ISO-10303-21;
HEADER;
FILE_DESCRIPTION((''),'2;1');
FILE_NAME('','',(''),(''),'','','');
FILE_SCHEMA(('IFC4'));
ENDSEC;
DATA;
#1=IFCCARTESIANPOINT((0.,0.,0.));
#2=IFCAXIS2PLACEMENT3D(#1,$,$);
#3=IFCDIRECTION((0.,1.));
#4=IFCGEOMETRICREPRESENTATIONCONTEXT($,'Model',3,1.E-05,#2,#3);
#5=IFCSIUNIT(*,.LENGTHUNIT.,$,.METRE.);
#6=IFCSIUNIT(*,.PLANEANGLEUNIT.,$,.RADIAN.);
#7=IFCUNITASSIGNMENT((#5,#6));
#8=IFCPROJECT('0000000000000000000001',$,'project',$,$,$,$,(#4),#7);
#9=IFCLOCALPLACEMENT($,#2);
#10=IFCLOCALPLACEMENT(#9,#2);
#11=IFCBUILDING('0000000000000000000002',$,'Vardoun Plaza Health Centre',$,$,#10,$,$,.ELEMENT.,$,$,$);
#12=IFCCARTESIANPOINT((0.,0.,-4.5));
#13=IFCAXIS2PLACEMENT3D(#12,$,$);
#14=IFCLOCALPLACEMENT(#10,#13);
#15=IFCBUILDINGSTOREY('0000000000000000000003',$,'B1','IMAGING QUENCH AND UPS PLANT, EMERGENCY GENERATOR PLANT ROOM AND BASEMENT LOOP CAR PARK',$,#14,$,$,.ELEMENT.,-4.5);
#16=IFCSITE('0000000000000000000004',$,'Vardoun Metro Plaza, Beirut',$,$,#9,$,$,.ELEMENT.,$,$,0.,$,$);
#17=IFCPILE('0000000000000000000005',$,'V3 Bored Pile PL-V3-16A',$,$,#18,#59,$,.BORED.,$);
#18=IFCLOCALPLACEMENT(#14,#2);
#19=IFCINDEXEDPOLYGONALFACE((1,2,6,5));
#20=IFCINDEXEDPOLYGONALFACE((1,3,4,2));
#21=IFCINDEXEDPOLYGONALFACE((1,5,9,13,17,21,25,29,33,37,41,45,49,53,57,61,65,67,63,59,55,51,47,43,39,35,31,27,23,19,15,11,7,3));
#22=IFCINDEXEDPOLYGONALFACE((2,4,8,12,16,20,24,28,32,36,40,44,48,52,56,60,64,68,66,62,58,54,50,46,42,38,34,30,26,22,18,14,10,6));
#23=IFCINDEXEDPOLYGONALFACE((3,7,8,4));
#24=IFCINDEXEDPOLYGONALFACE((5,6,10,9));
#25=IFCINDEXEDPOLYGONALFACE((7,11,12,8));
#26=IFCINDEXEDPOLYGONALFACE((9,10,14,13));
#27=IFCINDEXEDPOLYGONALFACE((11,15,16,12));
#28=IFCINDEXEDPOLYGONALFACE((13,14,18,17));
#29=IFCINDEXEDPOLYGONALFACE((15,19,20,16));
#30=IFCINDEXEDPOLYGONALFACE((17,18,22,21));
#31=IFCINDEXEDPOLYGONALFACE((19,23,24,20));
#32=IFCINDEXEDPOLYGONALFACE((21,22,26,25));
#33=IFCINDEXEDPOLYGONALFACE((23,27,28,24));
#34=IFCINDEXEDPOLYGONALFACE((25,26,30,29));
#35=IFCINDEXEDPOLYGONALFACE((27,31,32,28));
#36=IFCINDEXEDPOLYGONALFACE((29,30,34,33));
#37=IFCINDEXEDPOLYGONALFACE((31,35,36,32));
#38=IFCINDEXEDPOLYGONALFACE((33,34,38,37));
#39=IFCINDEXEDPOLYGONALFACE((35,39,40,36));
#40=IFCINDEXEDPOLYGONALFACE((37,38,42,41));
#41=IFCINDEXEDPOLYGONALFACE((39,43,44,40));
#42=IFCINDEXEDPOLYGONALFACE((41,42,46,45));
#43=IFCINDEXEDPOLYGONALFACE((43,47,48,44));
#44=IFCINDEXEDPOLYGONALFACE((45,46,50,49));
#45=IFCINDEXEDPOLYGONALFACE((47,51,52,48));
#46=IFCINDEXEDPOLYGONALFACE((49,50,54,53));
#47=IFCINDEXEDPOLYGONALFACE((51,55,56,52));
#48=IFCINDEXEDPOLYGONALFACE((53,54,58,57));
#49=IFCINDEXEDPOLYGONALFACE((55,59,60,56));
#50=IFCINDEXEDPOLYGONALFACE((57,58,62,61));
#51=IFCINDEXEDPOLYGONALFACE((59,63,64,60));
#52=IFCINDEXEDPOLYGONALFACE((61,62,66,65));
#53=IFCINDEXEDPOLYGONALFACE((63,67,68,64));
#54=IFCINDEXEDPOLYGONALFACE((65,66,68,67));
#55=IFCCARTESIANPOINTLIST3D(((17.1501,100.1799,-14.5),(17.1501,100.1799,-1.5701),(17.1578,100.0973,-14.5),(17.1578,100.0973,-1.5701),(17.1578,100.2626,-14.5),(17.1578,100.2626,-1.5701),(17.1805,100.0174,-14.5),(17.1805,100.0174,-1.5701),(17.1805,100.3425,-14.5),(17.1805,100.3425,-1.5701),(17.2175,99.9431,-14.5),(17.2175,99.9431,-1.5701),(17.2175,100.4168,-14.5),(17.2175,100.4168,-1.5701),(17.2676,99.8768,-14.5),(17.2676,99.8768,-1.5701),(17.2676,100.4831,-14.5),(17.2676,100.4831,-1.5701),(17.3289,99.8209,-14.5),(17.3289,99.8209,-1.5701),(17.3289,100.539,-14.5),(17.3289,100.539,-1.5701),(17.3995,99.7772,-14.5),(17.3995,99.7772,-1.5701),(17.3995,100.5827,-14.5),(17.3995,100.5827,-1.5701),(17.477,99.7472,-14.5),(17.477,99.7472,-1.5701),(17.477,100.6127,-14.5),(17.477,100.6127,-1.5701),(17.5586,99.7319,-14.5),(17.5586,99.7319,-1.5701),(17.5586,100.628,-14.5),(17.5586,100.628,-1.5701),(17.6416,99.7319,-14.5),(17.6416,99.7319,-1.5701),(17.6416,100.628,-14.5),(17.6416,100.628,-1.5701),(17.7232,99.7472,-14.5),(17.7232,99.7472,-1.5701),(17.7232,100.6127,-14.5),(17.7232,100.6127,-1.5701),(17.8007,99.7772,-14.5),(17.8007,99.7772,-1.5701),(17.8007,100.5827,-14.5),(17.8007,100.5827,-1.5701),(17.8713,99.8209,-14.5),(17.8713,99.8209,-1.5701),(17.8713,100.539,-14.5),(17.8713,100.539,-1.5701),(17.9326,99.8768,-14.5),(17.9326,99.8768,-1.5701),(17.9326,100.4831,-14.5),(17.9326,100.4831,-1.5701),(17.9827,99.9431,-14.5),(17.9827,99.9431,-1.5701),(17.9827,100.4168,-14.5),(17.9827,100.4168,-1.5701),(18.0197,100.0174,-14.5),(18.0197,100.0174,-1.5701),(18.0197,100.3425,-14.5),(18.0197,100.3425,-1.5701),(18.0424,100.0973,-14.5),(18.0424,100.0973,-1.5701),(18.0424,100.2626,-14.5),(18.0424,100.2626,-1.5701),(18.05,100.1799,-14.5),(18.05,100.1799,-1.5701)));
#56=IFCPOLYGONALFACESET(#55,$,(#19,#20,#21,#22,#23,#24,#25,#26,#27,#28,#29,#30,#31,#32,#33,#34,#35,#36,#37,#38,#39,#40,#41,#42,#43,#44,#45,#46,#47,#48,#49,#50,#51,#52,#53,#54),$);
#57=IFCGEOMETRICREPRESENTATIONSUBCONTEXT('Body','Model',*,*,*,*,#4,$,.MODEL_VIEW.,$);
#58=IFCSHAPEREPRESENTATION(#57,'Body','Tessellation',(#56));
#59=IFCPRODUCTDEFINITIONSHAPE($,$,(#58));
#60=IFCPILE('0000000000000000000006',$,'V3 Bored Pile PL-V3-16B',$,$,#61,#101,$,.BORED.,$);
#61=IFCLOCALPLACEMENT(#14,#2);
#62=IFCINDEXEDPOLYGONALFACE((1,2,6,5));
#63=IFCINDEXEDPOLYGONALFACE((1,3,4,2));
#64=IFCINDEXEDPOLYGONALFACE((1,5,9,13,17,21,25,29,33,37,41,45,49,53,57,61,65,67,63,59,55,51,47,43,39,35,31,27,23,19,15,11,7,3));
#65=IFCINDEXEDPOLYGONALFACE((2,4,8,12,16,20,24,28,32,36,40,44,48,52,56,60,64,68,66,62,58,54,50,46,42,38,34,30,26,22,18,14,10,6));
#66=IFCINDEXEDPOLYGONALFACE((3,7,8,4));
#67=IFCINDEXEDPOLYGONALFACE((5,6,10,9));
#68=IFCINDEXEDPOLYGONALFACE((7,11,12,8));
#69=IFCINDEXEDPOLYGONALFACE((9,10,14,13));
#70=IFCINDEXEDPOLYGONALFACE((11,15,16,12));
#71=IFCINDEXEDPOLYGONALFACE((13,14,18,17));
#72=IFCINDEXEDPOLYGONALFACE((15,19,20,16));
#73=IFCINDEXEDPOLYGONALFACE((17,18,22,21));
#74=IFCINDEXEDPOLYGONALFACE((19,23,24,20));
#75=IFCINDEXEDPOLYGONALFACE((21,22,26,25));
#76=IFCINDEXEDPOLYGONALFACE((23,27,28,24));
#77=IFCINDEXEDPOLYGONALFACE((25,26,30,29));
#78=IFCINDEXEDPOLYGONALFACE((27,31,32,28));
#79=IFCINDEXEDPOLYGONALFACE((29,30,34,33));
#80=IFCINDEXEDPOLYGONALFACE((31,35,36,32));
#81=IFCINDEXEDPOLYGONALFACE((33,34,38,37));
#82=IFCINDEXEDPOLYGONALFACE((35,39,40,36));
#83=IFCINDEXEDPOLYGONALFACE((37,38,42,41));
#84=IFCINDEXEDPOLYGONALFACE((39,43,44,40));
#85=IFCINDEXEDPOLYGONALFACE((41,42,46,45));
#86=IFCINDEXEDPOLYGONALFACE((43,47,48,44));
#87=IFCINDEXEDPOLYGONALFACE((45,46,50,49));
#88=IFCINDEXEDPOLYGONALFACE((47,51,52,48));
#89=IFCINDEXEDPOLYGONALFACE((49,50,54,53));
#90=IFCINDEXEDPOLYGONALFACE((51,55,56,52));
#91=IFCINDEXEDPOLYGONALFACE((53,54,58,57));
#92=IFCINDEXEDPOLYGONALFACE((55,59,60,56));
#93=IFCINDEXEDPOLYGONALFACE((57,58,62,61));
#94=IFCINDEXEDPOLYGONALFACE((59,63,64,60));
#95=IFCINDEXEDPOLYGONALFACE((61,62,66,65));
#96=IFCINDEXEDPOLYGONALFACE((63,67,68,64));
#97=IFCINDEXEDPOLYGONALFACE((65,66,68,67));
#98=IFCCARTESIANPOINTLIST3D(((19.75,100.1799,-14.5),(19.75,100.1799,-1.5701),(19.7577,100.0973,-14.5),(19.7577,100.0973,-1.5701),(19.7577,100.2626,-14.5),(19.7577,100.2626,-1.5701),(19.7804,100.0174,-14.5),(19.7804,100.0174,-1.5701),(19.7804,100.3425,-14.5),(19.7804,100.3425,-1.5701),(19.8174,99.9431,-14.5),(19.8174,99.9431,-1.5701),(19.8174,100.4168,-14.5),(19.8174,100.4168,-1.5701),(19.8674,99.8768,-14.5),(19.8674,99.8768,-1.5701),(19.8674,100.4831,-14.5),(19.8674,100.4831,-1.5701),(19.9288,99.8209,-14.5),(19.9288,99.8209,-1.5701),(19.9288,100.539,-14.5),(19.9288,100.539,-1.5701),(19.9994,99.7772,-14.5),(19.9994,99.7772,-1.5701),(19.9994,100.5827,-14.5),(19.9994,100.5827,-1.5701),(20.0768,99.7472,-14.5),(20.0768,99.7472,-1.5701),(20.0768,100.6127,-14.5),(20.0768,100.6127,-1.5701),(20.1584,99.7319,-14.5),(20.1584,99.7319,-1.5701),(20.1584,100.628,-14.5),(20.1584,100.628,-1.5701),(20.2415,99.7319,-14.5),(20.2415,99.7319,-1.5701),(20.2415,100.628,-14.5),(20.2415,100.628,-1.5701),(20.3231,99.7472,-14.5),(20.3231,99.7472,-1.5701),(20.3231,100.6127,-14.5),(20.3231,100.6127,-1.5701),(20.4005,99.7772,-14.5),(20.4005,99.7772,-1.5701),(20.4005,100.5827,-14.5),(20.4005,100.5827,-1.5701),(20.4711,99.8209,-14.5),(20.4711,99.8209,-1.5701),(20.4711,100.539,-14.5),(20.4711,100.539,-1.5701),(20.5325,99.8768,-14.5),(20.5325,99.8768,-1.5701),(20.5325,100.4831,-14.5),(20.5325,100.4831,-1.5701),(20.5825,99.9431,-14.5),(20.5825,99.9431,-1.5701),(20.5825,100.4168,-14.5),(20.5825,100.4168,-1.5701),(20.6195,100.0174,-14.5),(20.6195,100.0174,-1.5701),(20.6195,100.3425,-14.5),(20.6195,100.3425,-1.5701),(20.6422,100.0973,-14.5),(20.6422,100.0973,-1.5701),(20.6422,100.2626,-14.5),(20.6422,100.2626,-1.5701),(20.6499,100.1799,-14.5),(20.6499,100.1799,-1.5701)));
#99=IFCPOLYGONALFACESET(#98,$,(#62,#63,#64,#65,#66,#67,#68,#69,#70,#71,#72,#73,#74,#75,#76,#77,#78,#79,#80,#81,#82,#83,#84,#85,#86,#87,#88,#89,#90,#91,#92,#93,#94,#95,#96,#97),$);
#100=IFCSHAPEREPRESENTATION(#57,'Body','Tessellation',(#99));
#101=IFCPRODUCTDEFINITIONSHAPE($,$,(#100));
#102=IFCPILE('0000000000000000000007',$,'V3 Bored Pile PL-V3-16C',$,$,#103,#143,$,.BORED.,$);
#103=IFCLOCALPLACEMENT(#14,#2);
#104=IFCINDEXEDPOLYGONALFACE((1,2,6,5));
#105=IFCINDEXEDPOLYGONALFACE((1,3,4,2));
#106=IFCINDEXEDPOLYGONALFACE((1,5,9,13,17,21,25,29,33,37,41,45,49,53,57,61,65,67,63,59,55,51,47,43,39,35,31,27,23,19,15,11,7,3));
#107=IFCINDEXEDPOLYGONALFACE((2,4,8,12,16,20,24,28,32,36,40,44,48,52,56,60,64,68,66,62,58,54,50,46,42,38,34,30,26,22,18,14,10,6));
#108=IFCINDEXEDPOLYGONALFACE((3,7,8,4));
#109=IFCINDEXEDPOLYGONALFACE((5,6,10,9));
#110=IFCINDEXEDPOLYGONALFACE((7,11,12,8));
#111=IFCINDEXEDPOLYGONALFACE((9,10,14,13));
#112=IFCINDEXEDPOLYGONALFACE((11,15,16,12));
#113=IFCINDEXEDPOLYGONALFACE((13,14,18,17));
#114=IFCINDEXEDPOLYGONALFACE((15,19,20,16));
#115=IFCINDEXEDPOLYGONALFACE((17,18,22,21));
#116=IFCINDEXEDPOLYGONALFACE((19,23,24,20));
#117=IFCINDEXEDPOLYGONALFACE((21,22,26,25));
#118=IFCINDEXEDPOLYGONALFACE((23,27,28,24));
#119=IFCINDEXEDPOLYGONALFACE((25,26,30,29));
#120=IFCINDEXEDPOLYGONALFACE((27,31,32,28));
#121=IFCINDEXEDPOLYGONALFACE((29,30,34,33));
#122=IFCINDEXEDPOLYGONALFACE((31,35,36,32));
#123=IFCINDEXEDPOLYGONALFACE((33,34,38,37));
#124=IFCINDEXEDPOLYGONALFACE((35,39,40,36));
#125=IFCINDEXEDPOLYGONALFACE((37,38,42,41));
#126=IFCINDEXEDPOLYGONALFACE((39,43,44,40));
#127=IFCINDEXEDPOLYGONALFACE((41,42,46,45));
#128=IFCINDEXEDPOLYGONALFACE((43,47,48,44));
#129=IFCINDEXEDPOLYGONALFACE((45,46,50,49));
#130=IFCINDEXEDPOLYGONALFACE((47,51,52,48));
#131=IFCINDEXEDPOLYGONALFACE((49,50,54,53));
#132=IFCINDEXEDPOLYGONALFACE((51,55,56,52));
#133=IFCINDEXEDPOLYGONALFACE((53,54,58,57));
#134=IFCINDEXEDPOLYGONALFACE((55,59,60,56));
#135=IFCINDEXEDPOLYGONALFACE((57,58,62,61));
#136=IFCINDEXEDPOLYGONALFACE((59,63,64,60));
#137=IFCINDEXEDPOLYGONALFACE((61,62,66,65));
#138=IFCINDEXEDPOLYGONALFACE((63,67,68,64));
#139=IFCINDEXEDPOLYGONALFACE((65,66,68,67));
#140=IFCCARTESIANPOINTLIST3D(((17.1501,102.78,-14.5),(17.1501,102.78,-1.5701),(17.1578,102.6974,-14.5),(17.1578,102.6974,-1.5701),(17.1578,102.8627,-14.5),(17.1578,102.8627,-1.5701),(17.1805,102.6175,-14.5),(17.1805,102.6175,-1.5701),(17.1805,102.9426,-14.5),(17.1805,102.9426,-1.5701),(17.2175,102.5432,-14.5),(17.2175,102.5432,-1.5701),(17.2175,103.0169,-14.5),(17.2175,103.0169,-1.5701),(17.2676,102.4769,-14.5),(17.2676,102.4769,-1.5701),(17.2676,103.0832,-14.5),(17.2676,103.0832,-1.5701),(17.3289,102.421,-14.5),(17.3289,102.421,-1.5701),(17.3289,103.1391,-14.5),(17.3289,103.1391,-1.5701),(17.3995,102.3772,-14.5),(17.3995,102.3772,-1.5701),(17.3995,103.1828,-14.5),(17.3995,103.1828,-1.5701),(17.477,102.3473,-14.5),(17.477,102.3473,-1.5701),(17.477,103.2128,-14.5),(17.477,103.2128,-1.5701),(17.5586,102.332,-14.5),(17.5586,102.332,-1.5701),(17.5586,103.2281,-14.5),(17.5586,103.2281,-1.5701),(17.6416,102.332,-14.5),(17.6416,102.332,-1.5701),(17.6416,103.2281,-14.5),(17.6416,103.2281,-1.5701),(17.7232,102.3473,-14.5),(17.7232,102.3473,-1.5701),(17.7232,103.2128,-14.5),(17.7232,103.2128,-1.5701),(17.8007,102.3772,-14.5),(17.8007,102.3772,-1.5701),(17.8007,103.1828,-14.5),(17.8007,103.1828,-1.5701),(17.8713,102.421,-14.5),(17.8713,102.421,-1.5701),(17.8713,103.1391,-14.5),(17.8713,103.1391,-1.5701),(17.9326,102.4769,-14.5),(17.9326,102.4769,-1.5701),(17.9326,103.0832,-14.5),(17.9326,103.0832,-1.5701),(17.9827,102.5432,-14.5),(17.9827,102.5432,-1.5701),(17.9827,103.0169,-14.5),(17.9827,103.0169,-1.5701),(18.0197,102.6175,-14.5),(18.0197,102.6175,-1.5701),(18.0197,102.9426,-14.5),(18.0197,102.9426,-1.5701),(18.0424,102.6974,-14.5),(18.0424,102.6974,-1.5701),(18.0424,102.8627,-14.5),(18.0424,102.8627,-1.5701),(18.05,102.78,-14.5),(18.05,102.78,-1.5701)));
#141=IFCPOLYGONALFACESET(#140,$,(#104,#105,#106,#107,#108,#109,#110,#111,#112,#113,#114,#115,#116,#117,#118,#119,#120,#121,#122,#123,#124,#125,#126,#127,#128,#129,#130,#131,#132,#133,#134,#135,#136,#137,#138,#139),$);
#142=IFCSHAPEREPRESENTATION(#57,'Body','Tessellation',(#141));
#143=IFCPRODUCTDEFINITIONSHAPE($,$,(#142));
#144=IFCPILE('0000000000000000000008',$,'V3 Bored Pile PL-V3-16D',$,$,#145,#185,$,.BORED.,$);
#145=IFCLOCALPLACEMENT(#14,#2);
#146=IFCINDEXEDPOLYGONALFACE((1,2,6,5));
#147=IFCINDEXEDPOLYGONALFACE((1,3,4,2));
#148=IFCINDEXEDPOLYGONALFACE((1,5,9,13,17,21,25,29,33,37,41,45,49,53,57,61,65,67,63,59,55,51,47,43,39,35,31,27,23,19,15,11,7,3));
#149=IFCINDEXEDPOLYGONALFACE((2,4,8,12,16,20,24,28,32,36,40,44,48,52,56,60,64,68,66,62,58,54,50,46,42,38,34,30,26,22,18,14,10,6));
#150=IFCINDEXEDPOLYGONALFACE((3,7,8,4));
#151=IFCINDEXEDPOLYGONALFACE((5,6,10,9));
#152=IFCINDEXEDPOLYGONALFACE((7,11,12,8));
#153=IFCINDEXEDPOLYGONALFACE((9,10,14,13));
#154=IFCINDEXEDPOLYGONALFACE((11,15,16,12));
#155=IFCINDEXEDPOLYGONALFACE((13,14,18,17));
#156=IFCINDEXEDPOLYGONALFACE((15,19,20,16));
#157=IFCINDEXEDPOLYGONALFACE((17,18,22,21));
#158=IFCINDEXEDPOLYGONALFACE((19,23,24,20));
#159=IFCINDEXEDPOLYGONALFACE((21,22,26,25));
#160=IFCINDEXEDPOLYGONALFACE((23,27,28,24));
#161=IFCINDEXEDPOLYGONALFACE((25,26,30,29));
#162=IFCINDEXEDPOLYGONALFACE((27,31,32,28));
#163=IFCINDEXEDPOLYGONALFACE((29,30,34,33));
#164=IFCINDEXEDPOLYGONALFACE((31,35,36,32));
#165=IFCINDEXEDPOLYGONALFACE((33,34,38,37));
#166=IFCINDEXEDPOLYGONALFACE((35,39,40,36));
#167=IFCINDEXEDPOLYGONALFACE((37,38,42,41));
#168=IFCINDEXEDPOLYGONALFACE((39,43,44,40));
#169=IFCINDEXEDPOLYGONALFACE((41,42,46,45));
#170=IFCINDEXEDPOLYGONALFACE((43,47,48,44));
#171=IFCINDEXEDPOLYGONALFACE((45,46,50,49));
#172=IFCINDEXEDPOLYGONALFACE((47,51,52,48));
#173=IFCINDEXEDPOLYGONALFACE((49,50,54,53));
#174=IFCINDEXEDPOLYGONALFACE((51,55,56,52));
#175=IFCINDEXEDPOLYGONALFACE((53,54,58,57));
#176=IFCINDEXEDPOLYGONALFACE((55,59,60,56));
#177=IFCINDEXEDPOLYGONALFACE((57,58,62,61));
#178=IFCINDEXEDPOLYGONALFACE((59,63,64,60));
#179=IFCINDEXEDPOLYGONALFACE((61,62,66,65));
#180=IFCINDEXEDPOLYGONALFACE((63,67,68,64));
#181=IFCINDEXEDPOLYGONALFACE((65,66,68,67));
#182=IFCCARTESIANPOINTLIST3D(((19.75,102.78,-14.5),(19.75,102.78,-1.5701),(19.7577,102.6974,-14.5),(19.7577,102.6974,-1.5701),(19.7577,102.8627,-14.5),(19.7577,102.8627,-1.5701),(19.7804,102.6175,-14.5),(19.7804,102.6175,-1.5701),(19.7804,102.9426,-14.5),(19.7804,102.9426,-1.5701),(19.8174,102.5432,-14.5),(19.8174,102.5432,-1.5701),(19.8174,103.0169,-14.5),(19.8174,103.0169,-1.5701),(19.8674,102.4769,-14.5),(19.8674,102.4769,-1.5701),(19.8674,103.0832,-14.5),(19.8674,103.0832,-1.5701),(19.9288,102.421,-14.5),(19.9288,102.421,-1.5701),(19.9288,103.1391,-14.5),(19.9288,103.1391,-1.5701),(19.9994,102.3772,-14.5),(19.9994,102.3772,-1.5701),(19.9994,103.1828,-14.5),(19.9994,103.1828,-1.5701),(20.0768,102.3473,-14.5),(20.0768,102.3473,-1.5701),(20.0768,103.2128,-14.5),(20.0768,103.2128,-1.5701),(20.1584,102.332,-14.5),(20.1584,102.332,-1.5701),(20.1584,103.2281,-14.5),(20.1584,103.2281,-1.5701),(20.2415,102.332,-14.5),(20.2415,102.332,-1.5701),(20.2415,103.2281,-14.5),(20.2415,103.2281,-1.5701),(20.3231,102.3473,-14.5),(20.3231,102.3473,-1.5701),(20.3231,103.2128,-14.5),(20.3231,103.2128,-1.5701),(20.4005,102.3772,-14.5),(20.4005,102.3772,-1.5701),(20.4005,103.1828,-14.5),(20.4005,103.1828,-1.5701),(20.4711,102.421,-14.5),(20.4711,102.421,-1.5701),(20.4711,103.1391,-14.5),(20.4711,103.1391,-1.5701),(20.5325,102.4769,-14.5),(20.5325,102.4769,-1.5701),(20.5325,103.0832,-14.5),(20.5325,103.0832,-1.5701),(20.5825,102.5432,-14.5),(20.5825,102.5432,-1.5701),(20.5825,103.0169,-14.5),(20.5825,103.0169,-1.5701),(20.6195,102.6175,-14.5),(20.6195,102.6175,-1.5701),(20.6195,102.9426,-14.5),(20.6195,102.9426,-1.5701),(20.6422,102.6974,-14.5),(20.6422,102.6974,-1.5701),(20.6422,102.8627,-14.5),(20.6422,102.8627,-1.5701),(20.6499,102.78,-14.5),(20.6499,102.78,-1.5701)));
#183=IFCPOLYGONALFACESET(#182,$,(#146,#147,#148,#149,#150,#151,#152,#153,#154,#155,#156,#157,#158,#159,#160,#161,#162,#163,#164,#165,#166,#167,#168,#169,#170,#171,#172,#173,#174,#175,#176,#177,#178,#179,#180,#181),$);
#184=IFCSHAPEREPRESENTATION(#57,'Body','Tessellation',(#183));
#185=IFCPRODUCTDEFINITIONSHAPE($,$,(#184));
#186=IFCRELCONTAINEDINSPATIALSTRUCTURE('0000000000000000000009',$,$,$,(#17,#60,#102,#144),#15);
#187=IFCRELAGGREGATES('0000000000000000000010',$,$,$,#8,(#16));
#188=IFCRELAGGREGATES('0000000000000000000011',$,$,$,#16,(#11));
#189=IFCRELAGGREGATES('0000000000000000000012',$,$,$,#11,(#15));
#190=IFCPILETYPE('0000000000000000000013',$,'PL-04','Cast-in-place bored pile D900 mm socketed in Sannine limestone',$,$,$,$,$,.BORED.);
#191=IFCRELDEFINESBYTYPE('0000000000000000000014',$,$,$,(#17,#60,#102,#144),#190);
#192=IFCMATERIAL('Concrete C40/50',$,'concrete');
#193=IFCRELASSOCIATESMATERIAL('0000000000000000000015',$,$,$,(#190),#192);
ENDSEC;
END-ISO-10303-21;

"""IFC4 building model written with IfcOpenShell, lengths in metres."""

from ifc_helpers import new_model, si_unit, direction, frame, origin, origin_2d, place, context, subcontext, project, spatial, circle, extrude, material, material_profile, profile_set, type_object, element, save


model = new_model("IFC4")

# Units and contexts
model_context = context("Model", 3, precision=1e-05, world=origin(), true_north=direction((0.0, 1.0)))
body_context = subcontext(model_context, "Body", "Model", "MODEL_VIEW")
ifc_project = project(units=[si_unit("LENGTHUNIT", "METRE"), si_unit("PLANEANGLEUNIT", "RADIAN")], contexts=[model_context])

# Site, building, storey
site_placement = place(None, origin())
site = spatial("IfcSite", under=ifc_project, at=site_placement, Name="Vardoun Metro Plaza, Beirut", CompositionType="ELEMENT", RefElevation=0.0)
building_placement = place(site_placement, origin())
building = spatial("IfcBuilding", under=site, at=building_placement, Name="Vardoun Plaza Health Centre", CompositionType="ELEMENT")
storey_placement = place(building_placement, frame((0.0, 0.0, -4.5)))
storey = spatial("IfcBuildingStorey", under=building, at=storey_placement, Name="B1", Description="IMAGING QUENCH AND UPS PLANT, EMERGENCY GENERATOR PLANT ROOM AND BASEMENT LOOP CAR PARK", CompositionType="ELEMENT", Elevation=-4.5)

# Piles
ifc_material_1 = material(Name="Concrete C40/50", Category="concrete")
ifc_material_profile_1 = material_profile(ifc_material_1, circle(Radius=0.45, at=origin_2d()), Name="PILE D900")
ifc_profile_set_1 = profile_set([ifc_material_profile_1], Name="Concrete C40/50")
pile_type_1 = type_object("IfcPileType", Name="PL-04", Description="Cast-in-place bored pile D900 mm socketed in Sannine limestone", PredefinedType="BORED", material=ifc_profile_set_1)
for number, where, z_axis, x_axis, name in (
    (1, (17.6001, 100.1799, -1.5701), (0.0, 0.0, -1.0), (1.0, 0.0, 0.0), "V3 Bored Pile PL-V3-16A"),
    (2, (20.2, 100.1799, -1.5701), (0.0, 0.0, -1.0), (1.0, 0.0, 0.0), "V3 Bored Pile PL-V3-16B"),
    (3, (17.6001, 102.78, -1.5701), (0.0, 0.0, -1.0), (1.0, 0.0, 0.0), "V3 Bored Pile PL-V3-16C"),
    (4, (20.2, 102.78, -1.5701), (0.0, 0.0, -1.0), (1.0, 0.0, 0.0), "V3 Bored Pile PL-V3-16D"),
):
    element("IfcPile", number, at=place(storey_placement, frame(where, z_axis=z_axis, x_axis=x_axis)), inside=storey, type_object=pile_type_1, Name=name, PredefinedType="BORED", context=body_context, shape_type="SweptSolid", body=[
        extrude(circle(Radius=0.45, at=origin_2d()), origin(), (0.0, 0.0, 1.0), 12.9299),
    ])

save(model, "model.ifc")
